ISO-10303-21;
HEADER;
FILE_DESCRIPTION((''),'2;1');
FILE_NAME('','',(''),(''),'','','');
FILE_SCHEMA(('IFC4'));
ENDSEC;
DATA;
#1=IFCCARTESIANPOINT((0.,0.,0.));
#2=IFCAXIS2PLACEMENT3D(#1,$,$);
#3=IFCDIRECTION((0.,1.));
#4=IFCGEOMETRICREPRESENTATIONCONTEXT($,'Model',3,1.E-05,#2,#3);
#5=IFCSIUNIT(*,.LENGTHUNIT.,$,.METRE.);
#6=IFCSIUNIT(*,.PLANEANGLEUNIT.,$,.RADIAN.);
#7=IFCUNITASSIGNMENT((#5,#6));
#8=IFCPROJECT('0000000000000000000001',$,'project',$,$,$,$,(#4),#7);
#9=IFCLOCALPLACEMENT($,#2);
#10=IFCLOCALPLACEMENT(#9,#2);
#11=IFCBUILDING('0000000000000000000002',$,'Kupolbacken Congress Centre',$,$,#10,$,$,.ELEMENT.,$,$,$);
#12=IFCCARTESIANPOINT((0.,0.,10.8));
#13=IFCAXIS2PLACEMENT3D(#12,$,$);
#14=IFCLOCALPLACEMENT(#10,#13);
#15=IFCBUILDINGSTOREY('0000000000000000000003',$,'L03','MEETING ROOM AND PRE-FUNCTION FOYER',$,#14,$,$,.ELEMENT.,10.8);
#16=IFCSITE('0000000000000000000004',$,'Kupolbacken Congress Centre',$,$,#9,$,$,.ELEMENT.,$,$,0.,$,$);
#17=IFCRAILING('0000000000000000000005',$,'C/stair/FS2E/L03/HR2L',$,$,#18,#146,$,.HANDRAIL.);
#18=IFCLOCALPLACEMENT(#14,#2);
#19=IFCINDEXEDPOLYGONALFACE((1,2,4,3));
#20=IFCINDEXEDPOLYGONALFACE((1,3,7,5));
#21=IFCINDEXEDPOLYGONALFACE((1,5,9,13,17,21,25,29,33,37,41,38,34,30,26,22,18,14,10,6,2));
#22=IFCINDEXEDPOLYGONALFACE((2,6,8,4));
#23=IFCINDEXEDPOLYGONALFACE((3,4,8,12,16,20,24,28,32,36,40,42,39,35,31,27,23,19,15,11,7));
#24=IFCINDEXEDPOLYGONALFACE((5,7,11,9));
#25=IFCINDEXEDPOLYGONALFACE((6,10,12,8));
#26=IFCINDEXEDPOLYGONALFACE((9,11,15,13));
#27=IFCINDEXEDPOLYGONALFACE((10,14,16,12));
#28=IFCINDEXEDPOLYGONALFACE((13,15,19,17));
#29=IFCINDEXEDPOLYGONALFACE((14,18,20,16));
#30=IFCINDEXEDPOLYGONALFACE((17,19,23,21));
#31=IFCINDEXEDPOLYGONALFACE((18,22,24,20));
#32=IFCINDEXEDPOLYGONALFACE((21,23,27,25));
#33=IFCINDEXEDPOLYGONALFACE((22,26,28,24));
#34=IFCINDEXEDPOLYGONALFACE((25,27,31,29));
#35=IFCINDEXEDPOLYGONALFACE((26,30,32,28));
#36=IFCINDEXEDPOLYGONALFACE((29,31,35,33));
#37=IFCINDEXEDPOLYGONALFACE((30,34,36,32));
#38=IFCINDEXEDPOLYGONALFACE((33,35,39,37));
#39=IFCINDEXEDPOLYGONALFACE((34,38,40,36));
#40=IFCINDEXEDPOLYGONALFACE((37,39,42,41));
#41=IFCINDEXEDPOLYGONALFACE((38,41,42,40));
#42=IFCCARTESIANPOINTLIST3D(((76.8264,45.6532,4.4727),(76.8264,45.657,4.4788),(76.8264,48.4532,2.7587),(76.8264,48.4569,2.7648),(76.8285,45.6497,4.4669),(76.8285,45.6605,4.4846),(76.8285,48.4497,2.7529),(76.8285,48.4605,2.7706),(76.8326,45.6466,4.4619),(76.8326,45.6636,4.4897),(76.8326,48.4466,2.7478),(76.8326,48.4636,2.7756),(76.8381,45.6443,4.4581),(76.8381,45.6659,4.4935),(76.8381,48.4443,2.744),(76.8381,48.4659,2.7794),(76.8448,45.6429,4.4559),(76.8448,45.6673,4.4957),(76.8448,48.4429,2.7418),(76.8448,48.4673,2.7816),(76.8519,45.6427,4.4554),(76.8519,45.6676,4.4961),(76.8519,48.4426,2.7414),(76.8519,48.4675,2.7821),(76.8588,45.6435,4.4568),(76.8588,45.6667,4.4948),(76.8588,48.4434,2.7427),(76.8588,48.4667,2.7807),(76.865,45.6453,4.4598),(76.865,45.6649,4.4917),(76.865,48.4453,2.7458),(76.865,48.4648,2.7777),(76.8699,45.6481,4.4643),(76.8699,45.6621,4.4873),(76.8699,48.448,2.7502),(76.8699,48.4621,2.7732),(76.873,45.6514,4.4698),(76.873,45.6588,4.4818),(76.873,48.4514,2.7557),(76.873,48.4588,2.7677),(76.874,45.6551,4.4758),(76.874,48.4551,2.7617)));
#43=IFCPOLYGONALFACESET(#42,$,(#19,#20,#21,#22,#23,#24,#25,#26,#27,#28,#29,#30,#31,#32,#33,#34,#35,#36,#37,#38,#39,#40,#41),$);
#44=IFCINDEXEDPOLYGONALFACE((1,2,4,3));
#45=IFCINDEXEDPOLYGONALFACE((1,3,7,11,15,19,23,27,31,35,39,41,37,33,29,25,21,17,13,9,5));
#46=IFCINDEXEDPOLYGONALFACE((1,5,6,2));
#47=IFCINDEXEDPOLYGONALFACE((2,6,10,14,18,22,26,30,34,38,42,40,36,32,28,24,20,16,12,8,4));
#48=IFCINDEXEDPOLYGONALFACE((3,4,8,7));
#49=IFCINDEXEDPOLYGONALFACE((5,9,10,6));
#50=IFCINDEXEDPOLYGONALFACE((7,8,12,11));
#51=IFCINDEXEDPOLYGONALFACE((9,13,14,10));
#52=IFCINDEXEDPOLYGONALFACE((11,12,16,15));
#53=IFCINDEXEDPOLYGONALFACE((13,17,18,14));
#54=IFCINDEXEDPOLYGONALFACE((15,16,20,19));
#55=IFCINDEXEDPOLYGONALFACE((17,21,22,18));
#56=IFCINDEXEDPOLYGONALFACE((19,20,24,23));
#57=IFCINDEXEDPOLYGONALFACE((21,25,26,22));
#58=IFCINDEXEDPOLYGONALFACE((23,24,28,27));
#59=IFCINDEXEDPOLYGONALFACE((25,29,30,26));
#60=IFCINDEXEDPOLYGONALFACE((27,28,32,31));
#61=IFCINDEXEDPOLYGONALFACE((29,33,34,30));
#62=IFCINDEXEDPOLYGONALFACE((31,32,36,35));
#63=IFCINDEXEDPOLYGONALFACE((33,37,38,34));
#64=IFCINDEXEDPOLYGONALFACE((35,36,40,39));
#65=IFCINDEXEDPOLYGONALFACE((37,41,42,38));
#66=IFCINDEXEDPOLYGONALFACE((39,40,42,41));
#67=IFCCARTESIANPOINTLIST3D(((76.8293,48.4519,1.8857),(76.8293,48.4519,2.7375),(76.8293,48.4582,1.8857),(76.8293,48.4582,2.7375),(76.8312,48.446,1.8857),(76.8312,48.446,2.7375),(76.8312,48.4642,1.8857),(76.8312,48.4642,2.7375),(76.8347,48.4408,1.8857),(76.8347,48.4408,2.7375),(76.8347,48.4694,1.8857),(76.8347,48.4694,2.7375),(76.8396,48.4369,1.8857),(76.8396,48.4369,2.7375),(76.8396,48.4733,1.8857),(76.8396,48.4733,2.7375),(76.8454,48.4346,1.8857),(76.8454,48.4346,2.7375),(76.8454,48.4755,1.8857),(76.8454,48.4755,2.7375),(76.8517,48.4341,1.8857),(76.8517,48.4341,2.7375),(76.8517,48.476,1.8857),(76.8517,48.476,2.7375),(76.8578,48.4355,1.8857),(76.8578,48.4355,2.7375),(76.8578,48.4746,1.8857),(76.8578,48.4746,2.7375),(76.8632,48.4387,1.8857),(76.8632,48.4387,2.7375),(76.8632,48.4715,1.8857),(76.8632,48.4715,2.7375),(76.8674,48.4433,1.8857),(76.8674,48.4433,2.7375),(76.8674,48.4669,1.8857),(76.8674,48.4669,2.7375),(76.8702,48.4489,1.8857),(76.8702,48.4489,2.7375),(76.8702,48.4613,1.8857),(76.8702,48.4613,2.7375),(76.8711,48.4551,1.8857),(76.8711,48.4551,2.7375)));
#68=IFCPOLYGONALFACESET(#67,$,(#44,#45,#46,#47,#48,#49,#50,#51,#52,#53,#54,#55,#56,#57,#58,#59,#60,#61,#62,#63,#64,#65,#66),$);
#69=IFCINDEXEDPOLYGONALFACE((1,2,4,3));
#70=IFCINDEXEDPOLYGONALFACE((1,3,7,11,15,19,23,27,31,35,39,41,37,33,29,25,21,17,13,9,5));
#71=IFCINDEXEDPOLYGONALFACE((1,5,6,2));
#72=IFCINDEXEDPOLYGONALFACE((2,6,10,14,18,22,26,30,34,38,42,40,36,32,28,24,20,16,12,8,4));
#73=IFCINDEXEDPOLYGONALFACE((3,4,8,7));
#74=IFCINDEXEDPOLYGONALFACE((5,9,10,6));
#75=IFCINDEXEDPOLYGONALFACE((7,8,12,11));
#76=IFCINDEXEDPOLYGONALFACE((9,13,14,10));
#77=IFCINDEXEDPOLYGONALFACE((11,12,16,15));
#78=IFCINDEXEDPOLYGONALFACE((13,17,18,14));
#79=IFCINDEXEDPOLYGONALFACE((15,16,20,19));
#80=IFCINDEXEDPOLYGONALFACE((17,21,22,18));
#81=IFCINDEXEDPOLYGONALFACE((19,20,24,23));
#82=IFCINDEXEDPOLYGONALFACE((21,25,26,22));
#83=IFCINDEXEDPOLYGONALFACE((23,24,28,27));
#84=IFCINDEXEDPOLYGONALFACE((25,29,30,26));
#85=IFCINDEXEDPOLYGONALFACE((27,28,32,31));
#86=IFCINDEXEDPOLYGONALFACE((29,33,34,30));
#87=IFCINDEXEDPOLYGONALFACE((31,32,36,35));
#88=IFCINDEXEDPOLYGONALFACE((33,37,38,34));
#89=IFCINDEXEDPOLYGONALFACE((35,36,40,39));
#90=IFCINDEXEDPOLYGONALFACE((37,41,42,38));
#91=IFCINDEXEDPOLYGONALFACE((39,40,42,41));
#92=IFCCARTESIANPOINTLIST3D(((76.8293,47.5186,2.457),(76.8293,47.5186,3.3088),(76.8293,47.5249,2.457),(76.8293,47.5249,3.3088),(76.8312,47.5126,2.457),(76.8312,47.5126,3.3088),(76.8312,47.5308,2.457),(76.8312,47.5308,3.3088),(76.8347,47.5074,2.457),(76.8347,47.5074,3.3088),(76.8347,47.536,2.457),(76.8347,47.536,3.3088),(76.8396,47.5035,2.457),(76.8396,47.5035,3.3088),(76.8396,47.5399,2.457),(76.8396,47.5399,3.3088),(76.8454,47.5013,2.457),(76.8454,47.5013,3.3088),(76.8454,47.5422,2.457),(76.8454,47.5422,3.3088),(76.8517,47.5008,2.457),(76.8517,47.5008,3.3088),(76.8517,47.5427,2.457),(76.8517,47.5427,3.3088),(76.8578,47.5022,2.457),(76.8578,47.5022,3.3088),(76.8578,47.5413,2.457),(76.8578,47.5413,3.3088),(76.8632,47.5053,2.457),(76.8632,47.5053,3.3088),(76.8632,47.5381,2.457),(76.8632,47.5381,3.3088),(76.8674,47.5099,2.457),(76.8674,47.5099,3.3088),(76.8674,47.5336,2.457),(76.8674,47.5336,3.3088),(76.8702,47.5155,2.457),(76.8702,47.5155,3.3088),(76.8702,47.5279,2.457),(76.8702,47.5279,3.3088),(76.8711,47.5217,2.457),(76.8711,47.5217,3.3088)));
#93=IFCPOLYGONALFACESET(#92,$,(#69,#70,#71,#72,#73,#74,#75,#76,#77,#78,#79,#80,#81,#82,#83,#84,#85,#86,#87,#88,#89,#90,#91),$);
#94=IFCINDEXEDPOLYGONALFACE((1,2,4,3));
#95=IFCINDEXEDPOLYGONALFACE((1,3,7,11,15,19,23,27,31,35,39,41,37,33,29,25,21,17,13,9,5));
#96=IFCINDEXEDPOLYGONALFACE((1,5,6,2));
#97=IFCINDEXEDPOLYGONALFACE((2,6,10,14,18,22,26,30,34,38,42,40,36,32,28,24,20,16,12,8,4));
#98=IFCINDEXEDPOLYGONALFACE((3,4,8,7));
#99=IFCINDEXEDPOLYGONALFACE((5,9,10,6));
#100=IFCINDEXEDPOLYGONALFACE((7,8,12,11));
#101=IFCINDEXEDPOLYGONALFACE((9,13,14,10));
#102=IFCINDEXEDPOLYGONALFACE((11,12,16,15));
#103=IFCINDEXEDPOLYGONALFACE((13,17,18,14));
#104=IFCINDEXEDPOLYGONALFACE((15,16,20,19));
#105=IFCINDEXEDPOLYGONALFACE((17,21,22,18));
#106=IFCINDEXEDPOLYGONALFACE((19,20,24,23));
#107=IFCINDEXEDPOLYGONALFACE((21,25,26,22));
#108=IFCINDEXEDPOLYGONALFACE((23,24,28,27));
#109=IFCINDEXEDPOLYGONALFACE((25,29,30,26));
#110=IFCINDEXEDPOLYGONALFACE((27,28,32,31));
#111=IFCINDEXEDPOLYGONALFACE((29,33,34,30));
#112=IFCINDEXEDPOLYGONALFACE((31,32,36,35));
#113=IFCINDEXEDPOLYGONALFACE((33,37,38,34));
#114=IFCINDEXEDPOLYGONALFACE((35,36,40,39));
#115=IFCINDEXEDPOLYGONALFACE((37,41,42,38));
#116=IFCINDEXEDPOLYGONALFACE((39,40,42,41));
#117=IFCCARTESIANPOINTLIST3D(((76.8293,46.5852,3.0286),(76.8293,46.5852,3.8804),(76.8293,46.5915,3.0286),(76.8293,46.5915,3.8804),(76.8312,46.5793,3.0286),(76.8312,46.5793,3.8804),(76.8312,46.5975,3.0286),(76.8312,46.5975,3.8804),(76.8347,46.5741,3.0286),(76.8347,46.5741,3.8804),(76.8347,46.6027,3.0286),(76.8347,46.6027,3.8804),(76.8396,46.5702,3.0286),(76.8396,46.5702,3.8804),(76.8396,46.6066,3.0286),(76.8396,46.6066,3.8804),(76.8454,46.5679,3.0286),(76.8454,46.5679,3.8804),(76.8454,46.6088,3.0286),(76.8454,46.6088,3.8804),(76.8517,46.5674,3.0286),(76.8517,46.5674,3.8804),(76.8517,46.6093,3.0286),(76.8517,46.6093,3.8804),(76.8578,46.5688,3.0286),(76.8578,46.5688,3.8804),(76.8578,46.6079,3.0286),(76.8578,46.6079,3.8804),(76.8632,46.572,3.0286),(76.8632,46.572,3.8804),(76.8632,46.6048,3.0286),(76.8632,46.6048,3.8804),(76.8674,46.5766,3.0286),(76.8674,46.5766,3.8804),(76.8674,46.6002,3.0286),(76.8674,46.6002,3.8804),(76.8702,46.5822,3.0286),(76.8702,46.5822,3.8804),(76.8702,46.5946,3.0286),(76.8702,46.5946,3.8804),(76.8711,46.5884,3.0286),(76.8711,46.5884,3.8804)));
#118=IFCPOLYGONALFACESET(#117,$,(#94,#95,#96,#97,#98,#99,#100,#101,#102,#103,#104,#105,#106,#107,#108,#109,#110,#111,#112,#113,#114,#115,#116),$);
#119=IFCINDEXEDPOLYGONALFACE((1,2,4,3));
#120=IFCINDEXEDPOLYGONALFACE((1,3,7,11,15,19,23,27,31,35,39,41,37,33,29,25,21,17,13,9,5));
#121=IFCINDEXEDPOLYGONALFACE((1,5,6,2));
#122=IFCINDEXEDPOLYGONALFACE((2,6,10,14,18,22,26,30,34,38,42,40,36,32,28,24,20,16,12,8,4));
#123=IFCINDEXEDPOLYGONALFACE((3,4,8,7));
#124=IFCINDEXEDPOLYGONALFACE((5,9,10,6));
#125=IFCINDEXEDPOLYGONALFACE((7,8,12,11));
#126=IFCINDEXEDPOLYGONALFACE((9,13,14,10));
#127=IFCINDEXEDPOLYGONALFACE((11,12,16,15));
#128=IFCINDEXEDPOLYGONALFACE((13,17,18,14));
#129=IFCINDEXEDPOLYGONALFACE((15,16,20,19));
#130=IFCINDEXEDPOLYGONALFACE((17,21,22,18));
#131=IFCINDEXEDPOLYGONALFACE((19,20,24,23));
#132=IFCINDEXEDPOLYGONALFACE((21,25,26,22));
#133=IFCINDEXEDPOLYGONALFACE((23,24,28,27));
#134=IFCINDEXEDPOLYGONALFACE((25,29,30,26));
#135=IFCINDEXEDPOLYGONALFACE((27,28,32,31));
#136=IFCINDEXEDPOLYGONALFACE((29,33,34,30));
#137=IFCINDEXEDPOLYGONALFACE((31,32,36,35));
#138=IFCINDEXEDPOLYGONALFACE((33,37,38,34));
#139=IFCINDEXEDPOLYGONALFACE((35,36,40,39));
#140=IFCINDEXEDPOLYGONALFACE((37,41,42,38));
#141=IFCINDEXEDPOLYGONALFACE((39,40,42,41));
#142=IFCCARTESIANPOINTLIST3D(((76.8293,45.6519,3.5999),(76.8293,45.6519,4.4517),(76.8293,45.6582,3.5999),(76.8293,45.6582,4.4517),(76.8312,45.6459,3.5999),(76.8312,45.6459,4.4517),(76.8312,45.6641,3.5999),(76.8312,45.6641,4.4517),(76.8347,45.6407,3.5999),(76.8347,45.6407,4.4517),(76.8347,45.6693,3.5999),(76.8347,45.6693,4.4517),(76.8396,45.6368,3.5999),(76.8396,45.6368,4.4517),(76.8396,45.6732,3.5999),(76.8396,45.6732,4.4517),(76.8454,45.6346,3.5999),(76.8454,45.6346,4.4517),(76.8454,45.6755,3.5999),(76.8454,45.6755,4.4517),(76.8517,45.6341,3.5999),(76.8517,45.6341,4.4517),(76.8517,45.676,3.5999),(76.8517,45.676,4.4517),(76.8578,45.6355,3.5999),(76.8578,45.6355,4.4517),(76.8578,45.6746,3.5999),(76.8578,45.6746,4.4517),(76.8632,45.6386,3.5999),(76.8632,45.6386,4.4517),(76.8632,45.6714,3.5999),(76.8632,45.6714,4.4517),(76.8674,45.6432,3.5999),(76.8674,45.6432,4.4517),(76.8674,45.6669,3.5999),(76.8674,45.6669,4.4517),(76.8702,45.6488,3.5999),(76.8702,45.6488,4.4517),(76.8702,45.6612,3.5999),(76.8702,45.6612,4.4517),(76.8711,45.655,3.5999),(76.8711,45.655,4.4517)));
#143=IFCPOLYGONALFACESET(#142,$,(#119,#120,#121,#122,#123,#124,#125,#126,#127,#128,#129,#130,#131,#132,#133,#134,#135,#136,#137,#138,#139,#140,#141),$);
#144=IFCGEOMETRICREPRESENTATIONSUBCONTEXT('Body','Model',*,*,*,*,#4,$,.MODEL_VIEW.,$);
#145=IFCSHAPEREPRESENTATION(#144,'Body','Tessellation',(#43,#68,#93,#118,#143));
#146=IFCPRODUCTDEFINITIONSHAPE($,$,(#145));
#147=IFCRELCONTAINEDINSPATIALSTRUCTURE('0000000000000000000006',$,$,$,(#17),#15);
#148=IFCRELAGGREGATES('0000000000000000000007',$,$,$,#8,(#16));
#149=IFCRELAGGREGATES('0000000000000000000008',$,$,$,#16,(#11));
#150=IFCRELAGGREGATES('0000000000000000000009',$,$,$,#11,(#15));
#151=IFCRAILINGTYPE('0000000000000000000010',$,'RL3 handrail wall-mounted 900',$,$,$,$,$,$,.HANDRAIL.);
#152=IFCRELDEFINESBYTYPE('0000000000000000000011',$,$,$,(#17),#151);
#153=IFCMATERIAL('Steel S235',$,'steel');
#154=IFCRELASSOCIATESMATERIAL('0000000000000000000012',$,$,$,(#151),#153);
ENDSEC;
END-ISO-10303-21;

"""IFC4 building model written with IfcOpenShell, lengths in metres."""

from ifc_helpers import new_model, si_unit, direction, frame, origin, origin_2d, place, context, subcontext, project, spatial, circle, extrude, material, type_object, element, save


model = new_model("IFC4")

# Units and contexts
model_context = context("Model", 3, precision=1e-05, world=origin(), true_north=direction((0.0, 1.0)))
body_context = subcontext(model_context, "Body", "Model", "MODEL_VIEW")
ifc_project = project(units=[si_unit("LENGTHUNIT", "METRE"), si_unit("PLANEANGLEUNIT", "RADIAN")], contexts=[model_context])

# Site, building, storey
site_placement = place(None, origin())
site = spatial("IfcSite", under=ifc_project, at=site_placement, Name="Kupolbacken Congress Centre", CompositionType="ELEMENT", RefElevation=0.0)
building_placement = place(site_placement, origin())
building = spatial("IfcBuilding", under=site, at=building_placement, Name="Kupolbacken Congress Centre", CompositionType="ELEMENT")
storey_placement = place(building_placement, frame((0.0, 0.0, 10.8)))
storey = spatial("IfcBuildingStorey", under=building, at=storey_placement, Name="L03", Description="MEETING ROOM AND PRE-FUNCTION FOYER", CompositionType="ELEMENT", Elevation=10.8)

# Railing
ifc_material_1 = material(Name="Steel S235", Category="steel")
railing_type = type_object("IfcRailingType", Name="RL3 handrail wall-mounted 900", PredefinedType="HANDRAIL", material=ifc_material_1)
for number, where, name in (
    (1, (76.8501, 48.4551, 1.8857), "C/stair/FS2E/L03/HR2L"),
):
    element("IfcRailing", number, at=place(storey_placement, frame(where)), inside=storey, type_object=railing_type, Name=name, PredefinedType="HANDRAIL", context=body_context, shape_type="SweptSolid", body=[
        extrude(circle(Radius=0.0239, at=origin_2d()), frame((0.0, 0.0, 0.876), z_axis=(0.0, -0.852879, 0.522109), x_axis=(1.0, 0.0, 0.0)), (0.0, 0.0, 1.0), 3.283),
        extrude(circle(Radius=0.021, at=origin_2d()), origin(), (0.0, 0.0, 1.0), 0.8518),
        extrude(circle(Radius=0.021, at=origin_2d()), frame((0.0, -0.9333, 0.5713)), (0.0, 0.0, 1.0), 0.8518),
        extrude(circle(Radius=0.021, at=origin_2d()), frame((0.0, -1.8667, 1.1428)), (0.0, 0.0, 1.0), 0.8518),
        extrude(circle(Radius=0.021, at=origin_2d()), frame((0.0, -2.8, 1.7141)), (0.0, 0.0, 1.0), 0.8518),
    ])

save(model, "model.ifc")
